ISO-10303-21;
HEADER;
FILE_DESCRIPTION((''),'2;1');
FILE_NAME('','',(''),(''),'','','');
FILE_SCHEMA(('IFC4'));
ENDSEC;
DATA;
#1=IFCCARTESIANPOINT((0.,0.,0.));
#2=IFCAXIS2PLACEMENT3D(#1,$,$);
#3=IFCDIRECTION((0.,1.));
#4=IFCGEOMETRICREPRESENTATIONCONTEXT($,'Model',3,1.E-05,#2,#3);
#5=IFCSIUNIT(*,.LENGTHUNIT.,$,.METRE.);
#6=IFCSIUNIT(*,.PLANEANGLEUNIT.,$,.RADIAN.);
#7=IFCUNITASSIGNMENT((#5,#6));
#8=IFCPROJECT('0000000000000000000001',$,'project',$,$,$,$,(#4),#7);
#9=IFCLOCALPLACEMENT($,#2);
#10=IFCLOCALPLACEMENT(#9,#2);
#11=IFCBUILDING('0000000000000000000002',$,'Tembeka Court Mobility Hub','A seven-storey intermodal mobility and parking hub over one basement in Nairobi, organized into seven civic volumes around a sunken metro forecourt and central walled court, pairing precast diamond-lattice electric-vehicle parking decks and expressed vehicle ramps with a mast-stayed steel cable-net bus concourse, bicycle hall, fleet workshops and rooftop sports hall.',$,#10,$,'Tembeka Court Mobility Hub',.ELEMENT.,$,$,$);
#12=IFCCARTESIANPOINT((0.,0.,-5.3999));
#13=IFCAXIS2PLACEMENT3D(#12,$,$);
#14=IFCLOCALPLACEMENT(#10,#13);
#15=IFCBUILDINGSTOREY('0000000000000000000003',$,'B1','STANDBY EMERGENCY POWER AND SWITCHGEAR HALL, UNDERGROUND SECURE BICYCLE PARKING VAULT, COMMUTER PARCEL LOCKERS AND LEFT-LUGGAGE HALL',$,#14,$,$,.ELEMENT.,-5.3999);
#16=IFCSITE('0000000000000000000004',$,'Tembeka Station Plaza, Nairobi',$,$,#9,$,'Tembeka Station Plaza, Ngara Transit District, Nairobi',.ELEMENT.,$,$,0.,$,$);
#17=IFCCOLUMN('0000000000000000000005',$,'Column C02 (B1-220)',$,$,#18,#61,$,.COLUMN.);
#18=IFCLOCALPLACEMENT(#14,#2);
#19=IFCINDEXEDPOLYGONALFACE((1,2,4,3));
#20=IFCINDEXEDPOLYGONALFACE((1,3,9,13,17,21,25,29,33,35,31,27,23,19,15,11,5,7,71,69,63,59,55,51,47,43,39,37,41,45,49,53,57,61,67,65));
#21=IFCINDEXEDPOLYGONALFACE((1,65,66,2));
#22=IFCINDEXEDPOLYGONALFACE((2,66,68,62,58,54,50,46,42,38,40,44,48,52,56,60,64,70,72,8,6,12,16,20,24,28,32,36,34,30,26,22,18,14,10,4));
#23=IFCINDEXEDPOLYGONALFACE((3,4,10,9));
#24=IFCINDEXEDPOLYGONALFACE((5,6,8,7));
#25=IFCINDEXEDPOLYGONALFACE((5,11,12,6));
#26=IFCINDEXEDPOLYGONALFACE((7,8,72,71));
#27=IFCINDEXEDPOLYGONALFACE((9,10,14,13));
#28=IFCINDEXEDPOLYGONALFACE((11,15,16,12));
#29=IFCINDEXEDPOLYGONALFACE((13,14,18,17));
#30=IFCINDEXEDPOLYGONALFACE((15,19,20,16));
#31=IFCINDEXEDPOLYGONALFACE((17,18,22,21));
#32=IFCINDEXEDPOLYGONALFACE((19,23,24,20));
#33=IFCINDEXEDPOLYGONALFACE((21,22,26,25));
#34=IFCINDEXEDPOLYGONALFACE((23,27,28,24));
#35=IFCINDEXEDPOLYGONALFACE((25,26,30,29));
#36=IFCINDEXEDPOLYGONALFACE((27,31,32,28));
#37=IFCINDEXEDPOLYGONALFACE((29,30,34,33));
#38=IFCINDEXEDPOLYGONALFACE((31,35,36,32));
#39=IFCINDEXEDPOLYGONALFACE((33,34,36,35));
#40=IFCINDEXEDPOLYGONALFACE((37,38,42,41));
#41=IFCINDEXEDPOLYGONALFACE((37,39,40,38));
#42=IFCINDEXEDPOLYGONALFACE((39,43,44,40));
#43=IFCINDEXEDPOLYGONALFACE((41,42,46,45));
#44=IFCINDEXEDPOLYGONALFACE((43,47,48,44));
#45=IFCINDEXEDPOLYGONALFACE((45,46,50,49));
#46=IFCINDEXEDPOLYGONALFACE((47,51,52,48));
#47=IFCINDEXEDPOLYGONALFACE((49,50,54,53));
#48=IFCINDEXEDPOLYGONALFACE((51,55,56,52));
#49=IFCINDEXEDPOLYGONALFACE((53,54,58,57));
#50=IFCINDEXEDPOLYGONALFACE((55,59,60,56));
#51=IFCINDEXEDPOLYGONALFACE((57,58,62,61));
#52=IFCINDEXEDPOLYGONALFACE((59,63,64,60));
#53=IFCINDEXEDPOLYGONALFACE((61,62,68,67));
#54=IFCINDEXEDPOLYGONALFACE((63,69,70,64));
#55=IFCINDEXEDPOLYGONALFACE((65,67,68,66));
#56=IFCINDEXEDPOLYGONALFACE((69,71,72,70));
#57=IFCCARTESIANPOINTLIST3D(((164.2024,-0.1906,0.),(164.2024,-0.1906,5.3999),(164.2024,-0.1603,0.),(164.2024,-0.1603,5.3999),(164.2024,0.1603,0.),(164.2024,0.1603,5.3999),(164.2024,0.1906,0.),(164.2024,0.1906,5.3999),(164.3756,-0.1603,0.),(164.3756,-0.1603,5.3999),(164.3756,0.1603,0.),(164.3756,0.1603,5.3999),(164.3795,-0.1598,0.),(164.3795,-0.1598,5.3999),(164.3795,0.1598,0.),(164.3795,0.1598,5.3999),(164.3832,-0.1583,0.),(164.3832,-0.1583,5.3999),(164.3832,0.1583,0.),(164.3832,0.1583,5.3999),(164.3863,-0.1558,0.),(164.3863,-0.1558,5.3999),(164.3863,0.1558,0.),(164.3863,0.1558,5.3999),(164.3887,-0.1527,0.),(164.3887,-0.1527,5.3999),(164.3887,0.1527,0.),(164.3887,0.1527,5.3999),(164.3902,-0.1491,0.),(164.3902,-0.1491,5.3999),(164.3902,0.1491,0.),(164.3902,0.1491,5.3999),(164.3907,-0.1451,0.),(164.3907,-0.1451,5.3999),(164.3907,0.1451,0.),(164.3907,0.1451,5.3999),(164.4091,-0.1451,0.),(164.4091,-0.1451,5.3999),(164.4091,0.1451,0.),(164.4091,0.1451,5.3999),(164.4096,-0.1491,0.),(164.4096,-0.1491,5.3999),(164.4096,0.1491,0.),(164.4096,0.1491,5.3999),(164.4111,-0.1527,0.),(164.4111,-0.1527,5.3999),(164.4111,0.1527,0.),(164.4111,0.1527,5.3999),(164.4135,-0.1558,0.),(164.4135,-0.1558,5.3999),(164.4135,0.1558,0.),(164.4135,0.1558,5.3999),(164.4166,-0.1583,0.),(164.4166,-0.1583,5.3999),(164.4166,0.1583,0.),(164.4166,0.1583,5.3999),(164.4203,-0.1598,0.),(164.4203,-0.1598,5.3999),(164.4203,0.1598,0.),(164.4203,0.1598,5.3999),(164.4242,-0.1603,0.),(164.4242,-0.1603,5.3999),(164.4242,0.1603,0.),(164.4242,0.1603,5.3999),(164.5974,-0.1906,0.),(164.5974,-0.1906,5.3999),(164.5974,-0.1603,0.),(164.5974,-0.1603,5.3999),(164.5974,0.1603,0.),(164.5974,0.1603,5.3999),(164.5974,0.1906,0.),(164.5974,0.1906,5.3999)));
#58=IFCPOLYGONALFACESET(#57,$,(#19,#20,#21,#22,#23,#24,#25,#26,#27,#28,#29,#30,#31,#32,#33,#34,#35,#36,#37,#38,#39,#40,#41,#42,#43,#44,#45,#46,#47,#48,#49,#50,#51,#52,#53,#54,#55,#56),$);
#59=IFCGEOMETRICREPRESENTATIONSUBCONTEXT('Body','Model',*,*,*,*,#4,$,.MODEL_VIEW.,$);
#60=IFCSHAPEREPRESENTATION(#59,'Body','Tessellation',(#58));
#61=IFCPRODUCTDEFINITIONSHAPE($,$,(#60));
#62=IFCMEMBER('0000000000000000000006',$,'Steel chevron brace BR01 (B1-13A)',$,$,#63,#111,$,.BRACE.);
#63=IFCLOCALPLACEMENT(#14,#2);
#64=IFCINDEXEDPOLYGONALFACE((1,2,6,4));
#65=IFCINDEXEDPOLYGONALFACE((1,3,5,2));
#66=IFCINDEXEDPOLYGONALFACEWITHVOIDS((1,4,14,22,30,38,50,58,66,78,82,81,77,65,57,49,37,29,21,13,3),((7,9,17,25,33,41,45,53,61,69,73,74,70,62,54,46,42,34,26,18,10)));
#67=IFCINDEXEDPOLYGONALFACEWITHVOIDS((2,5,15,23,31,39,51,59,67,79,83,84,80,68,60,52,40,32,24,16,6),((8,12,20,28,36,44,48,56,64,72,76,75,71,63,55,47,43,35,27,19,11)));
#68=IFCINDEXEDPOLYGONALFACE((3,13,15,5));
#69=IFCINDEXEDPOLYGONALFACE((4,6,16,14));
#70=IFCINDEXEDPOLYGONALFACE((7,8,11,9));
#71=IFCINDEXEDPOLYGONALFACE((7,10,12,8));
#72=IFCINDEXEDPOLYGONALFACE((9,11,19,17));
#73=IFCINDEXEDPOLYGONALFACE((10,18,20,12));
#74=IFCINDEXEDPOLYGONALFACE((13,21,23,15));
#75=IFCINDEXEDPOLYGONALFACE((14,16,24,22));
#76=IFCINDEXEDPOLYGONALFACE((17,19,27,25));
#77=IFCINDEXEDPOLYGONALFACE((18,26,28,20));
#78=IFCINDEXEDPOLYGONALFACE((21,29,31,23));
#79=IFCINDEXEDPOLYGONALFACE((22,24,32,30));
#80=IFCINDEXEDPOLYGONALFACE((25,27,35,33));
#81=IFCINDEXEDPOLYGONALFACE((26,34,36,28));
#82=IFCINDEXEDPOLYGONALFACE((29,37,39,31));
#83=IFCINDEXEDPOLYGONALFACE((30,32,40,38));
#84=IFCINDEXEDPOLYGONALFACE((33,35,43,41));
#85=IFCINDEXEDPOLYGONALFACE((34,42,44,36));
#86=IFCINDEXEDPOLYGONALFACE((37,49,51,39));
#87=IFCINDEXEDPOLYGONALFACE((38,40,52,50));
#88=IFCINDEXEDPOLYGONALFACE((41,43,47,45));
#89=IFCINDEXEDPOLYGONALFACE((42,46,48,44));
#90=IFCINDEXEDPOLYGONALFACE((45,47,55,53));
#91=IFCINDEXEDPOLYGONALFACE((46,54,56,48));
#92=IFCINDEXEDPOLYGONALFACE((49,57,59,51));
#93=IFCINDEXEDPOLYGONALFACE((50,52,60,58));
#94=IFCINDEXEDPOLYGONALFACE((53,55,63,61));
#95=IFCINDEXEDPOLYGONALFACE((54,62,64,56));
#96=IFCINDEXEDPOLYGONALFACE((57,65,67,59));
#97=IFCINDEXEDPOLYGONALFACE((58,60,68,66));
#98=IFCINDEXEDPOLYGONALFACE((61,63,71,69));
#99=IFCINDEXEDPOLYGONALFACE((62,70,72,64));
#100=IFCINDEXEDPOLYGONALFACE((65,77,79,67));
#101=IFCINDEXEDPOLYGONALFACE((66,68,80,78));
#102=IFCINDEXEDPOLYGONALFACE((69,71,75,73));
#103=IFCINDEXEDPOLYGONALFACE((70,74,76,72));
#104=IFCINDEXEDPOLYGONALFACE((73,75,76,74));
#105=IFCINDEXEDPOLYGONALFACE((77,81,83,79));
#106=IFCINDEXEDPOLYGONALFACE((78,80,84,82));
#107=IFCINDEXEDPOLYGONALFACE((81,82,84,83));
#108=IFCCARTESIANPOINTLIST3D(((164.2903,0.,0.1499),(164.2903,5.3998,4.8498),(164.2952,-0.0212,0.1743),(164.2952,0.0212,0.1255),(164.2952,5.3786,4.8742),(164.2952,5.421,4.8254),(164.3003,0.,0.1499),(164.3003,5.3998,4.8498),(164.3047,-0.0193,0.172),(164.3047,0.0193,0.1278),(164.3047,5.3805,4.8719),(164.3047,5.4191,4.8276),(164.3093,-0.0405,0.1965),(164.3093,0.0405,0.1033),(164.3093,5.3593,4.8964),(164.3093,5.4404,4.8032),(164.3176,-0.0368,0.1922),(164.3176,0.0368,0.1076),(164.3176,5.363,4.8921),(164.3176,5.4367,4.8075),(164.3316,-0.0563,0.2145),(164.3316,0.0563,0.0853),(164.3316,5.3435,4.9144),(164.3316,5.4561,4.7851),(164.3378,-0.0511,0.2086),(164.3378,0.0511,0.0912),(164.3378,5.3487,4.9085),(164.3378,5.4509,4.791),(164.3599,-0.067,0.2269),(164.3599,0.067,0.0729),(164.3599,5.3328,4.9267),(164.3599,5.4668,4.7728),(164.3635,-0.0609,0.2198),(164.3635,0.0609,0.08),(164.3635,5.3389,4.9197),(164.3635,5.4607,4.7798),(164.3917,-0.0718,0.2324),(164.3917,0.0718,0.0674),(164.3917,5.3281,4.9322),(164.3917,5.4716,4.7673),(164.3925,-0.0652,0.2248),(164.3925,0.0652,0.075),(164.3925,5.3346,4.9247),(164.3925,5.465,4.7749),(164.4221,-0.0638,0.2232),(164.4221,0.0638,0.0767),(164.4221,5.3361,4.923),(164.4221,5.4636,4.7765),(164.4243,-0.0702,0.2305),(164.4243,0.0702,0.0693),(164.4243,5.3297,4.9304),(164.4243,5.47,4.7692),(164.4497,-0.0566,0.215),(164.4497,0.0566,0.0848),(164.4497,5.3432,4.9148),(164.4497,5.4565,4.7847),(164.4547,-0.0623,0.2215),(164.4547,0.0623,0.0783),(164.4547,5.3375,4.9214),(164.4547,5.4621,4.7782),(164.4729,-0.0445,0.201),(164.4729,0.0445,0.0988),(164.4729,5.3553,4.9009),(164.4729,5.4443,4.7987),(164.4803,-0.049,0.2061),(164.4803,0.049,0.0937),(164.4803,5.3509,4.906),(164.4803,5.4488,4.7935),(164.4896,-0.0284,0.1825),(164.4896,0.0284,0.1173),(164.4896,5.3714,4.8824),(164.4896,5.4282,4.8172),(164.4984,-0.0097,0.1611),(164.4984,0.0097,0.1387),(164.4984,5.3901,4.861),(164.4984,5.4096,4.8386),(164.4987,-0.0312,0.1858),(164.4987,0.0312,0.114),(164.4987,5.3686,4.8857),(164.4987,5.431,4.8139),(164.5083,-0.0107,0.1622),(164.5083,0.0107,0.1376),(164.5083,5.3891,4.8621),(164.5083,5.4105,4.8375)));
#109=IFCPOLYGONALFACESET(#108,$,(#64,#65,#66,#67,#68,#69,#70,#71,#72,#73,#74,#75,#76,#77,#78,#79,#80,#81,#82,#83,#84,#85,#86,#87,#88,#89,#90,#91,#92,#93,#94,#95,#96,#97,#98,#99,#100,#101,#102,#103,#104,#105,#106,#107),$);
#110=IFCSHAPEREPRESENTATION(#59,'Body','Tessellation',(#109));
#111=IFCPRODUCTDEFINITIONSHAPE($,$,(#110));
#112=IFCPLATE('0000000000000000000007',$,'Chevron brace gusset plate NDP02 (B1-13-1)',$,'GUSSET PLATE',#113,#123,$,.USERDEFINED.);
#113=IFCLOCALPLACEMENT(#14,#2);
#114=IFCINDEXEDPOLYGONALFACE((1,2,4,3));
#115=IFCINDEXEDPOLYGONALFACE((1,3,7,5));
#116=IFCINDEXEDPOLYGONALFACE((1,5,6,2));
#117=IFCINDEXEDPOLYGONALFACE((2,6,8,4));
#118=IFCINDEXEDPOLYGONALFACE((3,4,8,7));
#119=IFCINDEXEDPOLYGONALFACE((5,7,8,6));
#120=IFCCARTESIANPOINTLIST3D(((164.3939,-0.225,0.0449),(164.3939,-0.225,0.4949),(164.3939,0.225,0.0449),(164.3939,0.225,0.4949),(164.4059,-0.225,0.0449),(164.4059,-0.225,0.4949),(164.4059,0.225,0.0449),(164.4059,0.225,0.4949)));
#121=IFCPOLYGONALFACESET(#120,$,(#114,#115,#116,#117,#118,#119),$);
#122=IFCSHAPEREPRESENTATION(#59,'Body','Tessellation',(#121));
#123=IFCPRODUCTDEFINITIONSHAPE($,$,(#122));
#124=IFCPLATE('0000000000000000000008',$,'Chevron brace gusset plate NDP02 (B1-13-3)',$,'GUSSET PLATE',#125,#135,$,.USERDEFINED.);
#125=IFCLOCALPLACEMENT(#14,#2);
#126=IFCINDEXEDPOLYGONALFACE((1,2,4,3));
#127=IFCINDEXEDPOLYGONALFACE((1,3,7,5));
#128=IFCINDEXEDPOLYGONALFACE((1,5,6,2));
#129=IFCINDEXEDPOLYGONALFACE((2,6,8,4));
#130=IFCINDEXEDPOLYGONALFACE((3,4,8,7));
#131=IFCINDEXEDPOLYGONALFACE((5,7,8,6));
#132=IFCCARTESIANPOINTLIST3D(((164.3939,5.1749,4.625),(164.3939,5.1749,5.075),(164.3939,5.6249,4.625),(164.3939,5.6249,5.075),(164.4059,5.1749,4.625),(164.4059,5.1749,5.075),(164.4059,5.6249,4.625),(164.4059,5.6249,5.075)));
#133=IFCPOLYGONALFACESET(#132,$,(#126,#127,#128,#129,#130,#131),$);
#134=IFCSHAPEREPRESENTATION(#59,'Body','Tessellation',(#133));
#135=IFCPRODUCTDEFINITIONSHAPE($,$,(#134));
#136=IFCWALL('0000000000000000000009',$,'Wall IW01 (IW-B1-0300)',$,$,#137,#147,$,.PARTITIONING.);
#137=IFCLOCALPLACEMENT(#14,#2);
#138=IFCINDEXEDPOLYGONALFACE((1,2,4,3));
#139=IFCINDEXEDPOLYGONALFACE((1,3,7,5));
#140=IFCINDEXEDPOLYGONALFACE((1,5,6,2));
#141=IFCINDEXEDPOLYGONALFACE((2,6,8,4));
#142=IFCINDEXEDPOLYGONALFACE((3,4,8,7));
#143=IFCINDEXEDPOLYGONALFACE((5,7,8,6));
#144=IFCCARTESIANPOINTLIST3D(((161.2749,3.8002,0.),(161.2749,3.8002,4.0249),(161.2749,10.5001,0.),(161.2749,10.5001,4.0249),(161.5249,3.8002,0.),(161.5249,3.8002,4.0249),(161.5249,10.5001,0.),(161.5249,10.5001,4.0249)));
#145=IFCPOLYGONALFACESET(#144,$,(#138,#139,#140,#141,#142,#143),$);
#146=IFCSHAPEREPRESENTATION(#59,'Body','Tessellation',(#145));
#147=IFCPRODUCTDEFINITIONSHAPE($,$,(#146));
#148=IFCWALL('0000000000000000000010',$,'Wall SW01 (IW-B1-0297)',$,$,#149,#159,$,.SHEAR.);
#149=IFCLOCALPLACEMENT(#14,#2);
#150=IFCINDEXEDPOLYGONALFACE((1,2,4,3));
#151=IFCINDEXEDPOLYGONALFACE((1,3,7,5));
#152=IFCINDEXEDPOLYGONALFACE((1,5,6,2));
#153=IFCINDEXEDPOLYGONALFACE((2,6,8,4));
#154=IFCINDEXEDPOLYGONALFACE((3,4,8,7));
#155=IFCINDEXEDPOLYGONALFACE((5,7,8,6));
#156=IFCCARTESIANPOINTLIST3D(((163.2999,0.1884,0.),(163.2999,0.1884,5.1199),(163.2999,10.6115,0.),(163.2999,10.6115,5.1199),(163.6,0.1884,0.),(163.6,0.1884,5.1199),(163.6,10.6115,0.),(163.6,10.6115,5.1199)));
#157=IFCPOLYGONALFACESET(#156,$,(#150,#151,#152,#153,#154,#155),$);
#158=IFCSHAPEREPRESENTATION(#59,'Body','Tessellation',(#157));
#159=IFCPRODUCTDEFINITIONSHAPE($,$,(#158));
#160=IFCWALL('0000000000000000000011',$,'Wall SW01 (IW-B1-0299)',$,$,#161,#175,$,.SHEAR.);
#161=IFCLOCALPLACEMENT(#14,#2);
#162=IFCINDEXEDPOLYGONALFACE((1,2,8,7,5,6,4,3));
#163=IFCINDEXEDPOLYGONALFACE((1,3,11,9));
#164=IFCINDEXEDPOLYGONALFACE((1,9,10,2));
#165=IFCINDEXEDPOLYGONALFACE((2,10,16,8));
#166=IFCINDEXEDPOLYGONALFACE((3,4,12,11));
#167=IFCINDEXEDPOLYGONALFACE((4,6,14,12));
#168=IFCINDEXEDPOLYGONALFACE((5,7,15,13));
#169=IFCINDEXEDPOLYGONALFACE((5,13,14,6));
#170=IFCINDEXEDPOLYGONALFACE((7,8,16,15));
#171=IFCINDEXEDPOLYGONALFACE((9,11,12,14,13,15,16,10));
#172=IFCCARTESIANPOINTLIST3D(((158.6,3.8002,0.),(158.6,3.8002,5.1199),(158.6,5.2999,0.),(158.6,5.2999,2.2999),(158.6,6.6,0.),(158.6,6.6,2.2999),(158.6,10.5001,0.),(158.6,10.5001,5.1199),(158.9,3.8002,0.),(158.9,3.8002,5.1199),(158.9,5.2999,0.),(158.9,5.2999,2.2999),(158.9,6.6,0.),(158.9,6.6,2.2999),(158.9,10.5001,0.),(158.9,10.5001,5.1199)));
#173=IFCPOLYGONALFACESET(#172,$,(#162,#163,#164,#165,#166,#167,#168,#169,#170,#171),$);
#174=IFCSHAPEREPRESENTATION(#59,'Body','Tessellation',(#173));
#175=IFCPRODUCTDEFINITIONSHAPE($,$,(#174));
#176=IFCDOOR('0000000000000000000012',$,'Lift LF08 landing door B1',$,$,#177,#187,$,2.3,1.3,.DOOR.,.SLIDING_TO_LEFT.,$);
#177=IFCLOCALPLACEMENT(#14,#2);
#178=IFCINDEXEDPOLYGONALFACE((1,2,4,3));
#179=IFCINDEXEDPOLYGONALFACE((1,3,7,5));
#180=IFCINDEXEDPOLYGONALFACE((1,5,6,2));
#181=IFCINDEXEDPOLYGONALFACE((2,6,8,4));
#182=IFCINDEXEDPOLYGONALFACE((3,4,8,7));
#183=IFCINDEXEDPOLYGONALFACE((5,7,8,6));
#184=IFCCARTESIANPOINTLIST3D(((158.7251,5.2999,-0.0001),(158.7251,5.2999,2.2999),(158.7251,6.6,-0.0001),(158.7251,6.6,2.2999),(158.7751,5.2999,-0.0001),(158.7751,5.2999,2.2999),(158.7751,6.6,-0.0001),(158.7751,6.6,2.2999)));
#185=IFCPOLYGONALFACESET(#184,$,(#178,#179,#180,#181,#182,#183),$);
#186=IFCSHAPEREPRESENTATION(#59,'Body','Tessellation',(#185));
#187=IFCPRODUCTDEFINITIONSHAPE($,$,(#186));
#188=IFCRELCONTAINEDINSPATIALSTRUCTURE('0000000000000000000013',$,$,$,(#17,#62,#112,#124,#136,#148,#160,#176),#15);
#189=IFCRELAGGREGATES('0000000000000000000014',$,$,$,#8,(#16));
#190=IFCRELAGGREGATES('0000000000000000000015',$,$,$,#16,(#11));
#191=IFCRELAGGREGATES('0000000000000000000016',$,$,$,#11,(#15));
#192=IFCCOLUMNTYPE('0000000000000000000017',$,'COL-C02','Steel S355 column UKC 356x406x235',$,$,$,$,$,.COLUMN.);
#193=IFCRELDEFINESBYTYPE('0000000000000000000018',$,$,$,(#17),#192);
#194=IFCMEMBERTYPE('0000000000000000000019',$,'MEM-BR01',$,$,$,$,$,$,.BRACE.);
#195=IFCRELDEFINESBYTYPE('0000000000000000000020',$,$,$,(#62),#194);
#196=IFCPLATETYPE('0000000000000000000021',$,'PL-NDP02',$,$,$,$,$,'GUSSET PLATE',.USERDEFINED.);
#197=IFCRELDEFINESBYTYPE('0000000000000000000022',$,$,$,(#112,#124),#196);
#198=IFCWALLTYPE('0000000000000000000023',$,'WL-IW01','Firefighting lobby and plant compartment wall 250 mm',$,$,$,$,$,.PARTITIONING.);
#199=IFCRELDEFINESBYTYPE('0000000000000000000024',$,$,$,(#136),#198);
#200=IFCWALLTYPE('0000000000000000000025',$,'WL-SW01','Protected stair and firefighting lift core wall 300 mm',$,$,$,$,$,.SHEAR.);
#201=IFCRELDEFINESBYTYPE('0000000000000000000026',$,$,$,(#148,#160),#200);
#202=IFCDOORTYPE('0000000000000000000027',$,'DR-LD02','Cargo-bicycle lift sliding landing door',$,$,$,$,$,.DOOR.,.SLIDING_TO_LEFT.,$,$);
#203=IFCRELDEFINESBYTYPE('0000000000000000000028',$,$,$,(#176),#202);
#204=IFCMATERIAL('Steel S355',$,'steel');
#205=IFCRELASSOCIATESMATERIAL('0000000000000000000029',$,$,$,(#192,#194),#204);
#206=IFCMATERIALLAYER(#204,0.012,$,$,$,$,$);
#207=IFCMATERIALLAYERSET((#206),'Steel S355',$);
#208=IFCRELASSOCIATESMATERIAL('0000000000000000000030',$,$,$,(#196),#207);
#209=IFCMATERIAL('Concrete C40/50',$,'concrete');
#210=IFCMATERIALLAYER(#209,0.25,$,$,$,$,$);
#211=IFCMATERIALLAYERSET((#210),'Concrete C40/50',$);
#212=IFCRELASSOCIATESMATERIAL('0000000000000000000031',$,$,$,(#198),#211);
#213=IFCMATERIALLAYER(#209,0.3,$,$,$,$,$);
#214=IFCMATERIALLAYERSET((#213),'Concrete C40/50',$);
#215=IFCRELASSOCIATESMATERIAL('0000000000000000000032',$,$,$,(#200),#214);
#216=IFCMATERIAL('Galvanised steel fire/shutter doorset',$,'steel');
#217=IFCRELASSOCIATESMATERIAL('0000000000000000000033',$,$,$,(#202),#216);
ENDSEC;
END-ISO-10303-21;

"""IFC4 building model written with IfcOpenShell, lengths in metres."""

from ifc_helpers import new_model, si_unit, direction, frame, frame_2d, origin, origin_2d, place, context, subcontext, project, spatial, rectangle, hollow_circle, i_section, extrude, material, layer, layer_set, material_profile, profile_set, type_object, element, fill, save


model = new_model("IFC4")

# Units and contexts
model_context = context("Model", 3, precision=1e-05, world=origin(), true_north=direction((0.0, 1.0)))
body_context = subcontext(model_context, "Body", "Model", "MODEL_VIEW")
ifc_project = project(units=[si_unit("LENGTHUNIT", "METRE"), si_unit("PLANEANGLEUNIT", "RADIAN")], contexts=[model_context])

# Site, building, storey
site_placement = place(None, origin())
site = spatial("IfcSite", under=ifc_project, at=site_placement, Name="Tembeka Station Plaza, Nairobi", LongName="Tembeka Station Plaza, Ngara Transit District, Nairobi", CompositionType="ELEMENT", RefElevation=0.0)
building_placement = place(site_placement, origin())
building = spatial("IfcBuilding", under=site, at=building_placement, Name="Tembeka Court Mobility Hub", Description="A seven-storey intermodal mobility and parking hub over one basement in Nairobi, organized into seven civic volumes around a sunken metro forecourt and central walled court, pairing precast diamond-lattice electric-vehicle parking decks and expressed vehicle ramps with a mast-stayed steel cable-net bus concourse, bicycle hall, fleet workshops and rooftop sports hall.", LongName="Tembeka Court Mobility Hub", CompositionType="ELEMENT")
storey_placement = place(building_placement, frame((0.0, 0.0, -5.3999)))
storey = spatial("IfcBuildingStorey", under=building, at=storey_placement, Name="B1", Description="STANDBY EMERGENCY POWER AND SWITCHGEAR HALL, UNDERGROUND SECURE BICYCLE PARKING VAULT, COMMUTER PARCEL LOCKERS AND LEFT-LUGGAGE HALL", CompositionType="ELEMENT", Elevation=-5.3999)

# Shared definitions
ifc_material_1 = material(Name="Concrete C40/50", Category="concrete")

# Column
ifc_material_2 = material(Name="Steel S355", Category="steel")
ifc_material_profile_1 = material_profile(ifc_material_2, i_section(OverallWidth=0.395, OverallDepth=0.3811, WebThickness=0.0183, FlangeThickness=0.0303, FilletRadius=0.0151, at=origin_2d()), Name="UKC 356x406x235")
ifc_profile_set_1 = profile_set([ifc_material_profile_1], Name="Steel S355")
column_type = type_object("IfcColumnType", Name="COL-C02", Description="Steel S355 column UKC 356x406x235", PredefinedType="COLUMN", material=ifc_profile_set_1)
column_placement = place(storey_placement, frame((164.3999, 0.0, 0.0), z_axis=(0.0, 0.0, 1.0), x_axis=(1.0, 0.0, 0.0)))
element("IfcColumn", 1, at=column_placement, inside=storey, type_object=column_type, Name="Column C02 (B1-220)", PredefinedType="COLUMN", context=body_context, shape_type="SweptSolid", body=[
    extrude(i_section(OverallWidth=0.395, OverallDepth=0.3811, WebThickness=0.0183, FlangeThickness=0.0303, FilletRadius=0.0151, at=origin_2d()), origin(), (0.0, 0.0, 1.0), 5.3999),
])

# Member
ifc_material_profile_2 = material_profile(ifc_material_2, hollow_circle(Radius=0.1096, WallThickness=0.01, at=origin_2d()), Name="CHS 219.1x10")
ifc_profile_set_2 = profile_set([ifc_material_profile_2], Name="Steel S355")
member_type = type_object("IfcMemberType", Name="MEM-BR01", PredefinedType="BRACE", material=ifc_profile_set_2)
member_placement = place(storey_placement, frame((164.3999, 0.0, 0.1499), z_axis=(0.0, 0.754302, 0.656527), x_axis=(-1.0, 0.0, 0.0)))
element("IfcMember", 2, at=member_placement, inside=storey, type_object=member_type, Name="Steel chevron brace BR01 (B1-13A)", PredefinedType="BRACE", context=body_context, shape_type="SweptSolid", body=[
    extrude(hollow_circle(Radius=0.1096, WallThickness=0.01, at=origin_2d()), origin(), (0.0, 0.0, 1.0), 7.1587),
])

# Plates
ifc_layer_1 = layer(ifc_material_2, 0.012)
ifc_layer_set_1 = layer_set([ifc_layer_1], Name="Steel S355")
plate_type = type_object("IfcPlateType", Name="PL-NDP02", ElementType="GUSSET PLATE", PredefinedType="USERDEFINED", material=ifc_layer_set_1)
for number, where, z_axis, x_axis, name in (
    (3, (164.3999, 0.0, 0.0449), (0.0, 0.0, 1.0), (1.0, 0.0, 0.0), "Chevron brace gusset plate NDP02 (B1-13-1)"),
    (4, (164.3999, 5.3999, 4.625), (0.0, 0.0, 1.0), (1.0, 0.0, 0.0), "Chevron brace gusset plate NDP02 (B1-13-3)"),
):
    element("IfcPlate", number, at=place(storey_placement, frame(where, z_axis=z_axis, x_axis=x_axis)), inside=storey, type_object=plate_type, Name=name, ObjectType="GUSSET PLATE", PredefinedType="USERDEFINED", context=body_context, shape_type="SweptSolid", body=[
        extrude(rectangle(XDim=0.012, YDim=0.45, at=origin_2d()), origin(), (0.0, 0.0, 1.0), 0.45),
    ])

# Walls
ifc_layer_2 = layer(ifc_material_1, 0.25)
ifc_layer_set_2 = layer_set([ifc_layer_2], Name="Concrete C40/50")
wall_type_1 = type_object("IfcWallType", Name="WL-IW01", Description="Firefighting lobby and plant compartment wall 250 mm", PredefinedType="PARTITIONING", material=ifc_layer_set_2)
wall_1_placement = place(storey_placement, frame((161.3999, 3.8, 0.0), z_axis=(0.0, 0.0, 1.0), x_axis=(0.0, 1.0, 0.0)))
element("IfcWall", 5, at=wall_1_placement, inside=storey, type_object=wall_type_1, Name="Wall IW01 (IW-B1-0300)", PredefinedType="PARTITIONING", context=body_context, shape_type="SweptSolid", body=[
    extrude(rectangle(XDim=6.7, YDim=0.25, at=frame_2d((3.3501, 0.0))), origin(), (0.0, 0.0, 1.0), 4.0249),
])
ifc_layer_3 = layer(ifc_material_1, 0.3)
ifc_layer_set_3 = layer_set([ifc_layer_3], Name="Concrete C40/50")
wall_type_2 = type_object("IfcWallType", Name="WL-SW01", Description="Protected stair and firefighting lift core wall 300 mm", PredefinedType="SHEAR", material=ifc_layer_set_3)
wall_2_placement = place(storey_placement, frame((163.45, 0.1885, 0.0), z_axis=(0.0, 0.0, 1.0), x_axis=(0.0, 1.0, 0.0)))
element("IfcWall", 6, at=wall_2_placement, inside=storey, type_object=wall_type_2, Name="Wall SW01 (IW-B1-0297)", PredefinedType="SHEAR", context=body_context, shape_type="SweptSolid", body=[
    extrude(rectangle(XDim=10.4231, YDim=0.3, at=frame_2d((5.2114, 0.0))), origin(), (0.0, 0.0, 1.0), 5.1199),
])

# Wall, opening, door
wall_3_placement = place(storey_placement, frame((158.75, 3.8, 0.0), z_axis=(0.0, 0.0, 1.0), x_axis=(0.0, 1.0, 0.0)))
wall_3 = element("IfcWall", 7, at=wall_3_placement, inside=storey, type_object=wall_type_2, Name="Wall SW01 (IW-B1-0299)", PredefinedType="SHEAR", context=body_context, shape_type="SweptSolid", body=[
    extrude(rectangle(XDim=6.7, YDim=0.3, at=frame_2d((3.3501, 0.0))), origin(), (0.0, 0.0, 1.0), 5.1199),
])
opening_placement = place(wall_3_placement, frame((1.5, 0.0, 0.0)))
opening = element("IfcOpeningElement", 8, at=opening_placement, cuts=wall_3, PredefinedType="OPENING", context=body_context, shape_type="SweptSolid", body=[
    extrude(rectangle(XDim=1.3, YDim=2.3, at=frame_2d((0.6499, 1.1499))), frame((0.0, 0.1602, 0.0), z_axis=(0.0, -1.0, 0.0), x_axis=(1.0, 0.0, 0.0)), (0.0, 0.0, 1.0), 0.3201),
])
ifc_material_3 = material(Name="Galvanised steel fire/shutter doorset", Category="steel")
door_type = type_object("IfcDoorType", Name="DR-LD02", Description="Cargo-bicycle lift sliding landing door", OperationType="SLIDING_TO_LEFT", PredefinedType="DOOR", material=ifc_material_3)
door_placement = place(opening_placement, origin())
door = element("IfcDoor", 9, at=door_placement, inside=storey, type_object=door_type, Name="Lift LF08 landing door B1", OperationType="SLIDING_TO_LEFT", OverallHeight=2.3, OverallWidth=1.3, PredefinedType="DOOR", context=body_context, shape_type="SweptSolid", body=[
    extrude(rectangle(XDim=1.3, YDim=2.3, at=frame_2d((0.6499, 1.1499))), frame((0.0, 0.0249, 0.0), z_axis=(0.0, -1.0, 0.0), x_axis=(1.0, 0.0, 0.0)), (0.0, 0.0, 1.0), 0.05),
])
fill(opening, door)

save(model, "model.ifc")
